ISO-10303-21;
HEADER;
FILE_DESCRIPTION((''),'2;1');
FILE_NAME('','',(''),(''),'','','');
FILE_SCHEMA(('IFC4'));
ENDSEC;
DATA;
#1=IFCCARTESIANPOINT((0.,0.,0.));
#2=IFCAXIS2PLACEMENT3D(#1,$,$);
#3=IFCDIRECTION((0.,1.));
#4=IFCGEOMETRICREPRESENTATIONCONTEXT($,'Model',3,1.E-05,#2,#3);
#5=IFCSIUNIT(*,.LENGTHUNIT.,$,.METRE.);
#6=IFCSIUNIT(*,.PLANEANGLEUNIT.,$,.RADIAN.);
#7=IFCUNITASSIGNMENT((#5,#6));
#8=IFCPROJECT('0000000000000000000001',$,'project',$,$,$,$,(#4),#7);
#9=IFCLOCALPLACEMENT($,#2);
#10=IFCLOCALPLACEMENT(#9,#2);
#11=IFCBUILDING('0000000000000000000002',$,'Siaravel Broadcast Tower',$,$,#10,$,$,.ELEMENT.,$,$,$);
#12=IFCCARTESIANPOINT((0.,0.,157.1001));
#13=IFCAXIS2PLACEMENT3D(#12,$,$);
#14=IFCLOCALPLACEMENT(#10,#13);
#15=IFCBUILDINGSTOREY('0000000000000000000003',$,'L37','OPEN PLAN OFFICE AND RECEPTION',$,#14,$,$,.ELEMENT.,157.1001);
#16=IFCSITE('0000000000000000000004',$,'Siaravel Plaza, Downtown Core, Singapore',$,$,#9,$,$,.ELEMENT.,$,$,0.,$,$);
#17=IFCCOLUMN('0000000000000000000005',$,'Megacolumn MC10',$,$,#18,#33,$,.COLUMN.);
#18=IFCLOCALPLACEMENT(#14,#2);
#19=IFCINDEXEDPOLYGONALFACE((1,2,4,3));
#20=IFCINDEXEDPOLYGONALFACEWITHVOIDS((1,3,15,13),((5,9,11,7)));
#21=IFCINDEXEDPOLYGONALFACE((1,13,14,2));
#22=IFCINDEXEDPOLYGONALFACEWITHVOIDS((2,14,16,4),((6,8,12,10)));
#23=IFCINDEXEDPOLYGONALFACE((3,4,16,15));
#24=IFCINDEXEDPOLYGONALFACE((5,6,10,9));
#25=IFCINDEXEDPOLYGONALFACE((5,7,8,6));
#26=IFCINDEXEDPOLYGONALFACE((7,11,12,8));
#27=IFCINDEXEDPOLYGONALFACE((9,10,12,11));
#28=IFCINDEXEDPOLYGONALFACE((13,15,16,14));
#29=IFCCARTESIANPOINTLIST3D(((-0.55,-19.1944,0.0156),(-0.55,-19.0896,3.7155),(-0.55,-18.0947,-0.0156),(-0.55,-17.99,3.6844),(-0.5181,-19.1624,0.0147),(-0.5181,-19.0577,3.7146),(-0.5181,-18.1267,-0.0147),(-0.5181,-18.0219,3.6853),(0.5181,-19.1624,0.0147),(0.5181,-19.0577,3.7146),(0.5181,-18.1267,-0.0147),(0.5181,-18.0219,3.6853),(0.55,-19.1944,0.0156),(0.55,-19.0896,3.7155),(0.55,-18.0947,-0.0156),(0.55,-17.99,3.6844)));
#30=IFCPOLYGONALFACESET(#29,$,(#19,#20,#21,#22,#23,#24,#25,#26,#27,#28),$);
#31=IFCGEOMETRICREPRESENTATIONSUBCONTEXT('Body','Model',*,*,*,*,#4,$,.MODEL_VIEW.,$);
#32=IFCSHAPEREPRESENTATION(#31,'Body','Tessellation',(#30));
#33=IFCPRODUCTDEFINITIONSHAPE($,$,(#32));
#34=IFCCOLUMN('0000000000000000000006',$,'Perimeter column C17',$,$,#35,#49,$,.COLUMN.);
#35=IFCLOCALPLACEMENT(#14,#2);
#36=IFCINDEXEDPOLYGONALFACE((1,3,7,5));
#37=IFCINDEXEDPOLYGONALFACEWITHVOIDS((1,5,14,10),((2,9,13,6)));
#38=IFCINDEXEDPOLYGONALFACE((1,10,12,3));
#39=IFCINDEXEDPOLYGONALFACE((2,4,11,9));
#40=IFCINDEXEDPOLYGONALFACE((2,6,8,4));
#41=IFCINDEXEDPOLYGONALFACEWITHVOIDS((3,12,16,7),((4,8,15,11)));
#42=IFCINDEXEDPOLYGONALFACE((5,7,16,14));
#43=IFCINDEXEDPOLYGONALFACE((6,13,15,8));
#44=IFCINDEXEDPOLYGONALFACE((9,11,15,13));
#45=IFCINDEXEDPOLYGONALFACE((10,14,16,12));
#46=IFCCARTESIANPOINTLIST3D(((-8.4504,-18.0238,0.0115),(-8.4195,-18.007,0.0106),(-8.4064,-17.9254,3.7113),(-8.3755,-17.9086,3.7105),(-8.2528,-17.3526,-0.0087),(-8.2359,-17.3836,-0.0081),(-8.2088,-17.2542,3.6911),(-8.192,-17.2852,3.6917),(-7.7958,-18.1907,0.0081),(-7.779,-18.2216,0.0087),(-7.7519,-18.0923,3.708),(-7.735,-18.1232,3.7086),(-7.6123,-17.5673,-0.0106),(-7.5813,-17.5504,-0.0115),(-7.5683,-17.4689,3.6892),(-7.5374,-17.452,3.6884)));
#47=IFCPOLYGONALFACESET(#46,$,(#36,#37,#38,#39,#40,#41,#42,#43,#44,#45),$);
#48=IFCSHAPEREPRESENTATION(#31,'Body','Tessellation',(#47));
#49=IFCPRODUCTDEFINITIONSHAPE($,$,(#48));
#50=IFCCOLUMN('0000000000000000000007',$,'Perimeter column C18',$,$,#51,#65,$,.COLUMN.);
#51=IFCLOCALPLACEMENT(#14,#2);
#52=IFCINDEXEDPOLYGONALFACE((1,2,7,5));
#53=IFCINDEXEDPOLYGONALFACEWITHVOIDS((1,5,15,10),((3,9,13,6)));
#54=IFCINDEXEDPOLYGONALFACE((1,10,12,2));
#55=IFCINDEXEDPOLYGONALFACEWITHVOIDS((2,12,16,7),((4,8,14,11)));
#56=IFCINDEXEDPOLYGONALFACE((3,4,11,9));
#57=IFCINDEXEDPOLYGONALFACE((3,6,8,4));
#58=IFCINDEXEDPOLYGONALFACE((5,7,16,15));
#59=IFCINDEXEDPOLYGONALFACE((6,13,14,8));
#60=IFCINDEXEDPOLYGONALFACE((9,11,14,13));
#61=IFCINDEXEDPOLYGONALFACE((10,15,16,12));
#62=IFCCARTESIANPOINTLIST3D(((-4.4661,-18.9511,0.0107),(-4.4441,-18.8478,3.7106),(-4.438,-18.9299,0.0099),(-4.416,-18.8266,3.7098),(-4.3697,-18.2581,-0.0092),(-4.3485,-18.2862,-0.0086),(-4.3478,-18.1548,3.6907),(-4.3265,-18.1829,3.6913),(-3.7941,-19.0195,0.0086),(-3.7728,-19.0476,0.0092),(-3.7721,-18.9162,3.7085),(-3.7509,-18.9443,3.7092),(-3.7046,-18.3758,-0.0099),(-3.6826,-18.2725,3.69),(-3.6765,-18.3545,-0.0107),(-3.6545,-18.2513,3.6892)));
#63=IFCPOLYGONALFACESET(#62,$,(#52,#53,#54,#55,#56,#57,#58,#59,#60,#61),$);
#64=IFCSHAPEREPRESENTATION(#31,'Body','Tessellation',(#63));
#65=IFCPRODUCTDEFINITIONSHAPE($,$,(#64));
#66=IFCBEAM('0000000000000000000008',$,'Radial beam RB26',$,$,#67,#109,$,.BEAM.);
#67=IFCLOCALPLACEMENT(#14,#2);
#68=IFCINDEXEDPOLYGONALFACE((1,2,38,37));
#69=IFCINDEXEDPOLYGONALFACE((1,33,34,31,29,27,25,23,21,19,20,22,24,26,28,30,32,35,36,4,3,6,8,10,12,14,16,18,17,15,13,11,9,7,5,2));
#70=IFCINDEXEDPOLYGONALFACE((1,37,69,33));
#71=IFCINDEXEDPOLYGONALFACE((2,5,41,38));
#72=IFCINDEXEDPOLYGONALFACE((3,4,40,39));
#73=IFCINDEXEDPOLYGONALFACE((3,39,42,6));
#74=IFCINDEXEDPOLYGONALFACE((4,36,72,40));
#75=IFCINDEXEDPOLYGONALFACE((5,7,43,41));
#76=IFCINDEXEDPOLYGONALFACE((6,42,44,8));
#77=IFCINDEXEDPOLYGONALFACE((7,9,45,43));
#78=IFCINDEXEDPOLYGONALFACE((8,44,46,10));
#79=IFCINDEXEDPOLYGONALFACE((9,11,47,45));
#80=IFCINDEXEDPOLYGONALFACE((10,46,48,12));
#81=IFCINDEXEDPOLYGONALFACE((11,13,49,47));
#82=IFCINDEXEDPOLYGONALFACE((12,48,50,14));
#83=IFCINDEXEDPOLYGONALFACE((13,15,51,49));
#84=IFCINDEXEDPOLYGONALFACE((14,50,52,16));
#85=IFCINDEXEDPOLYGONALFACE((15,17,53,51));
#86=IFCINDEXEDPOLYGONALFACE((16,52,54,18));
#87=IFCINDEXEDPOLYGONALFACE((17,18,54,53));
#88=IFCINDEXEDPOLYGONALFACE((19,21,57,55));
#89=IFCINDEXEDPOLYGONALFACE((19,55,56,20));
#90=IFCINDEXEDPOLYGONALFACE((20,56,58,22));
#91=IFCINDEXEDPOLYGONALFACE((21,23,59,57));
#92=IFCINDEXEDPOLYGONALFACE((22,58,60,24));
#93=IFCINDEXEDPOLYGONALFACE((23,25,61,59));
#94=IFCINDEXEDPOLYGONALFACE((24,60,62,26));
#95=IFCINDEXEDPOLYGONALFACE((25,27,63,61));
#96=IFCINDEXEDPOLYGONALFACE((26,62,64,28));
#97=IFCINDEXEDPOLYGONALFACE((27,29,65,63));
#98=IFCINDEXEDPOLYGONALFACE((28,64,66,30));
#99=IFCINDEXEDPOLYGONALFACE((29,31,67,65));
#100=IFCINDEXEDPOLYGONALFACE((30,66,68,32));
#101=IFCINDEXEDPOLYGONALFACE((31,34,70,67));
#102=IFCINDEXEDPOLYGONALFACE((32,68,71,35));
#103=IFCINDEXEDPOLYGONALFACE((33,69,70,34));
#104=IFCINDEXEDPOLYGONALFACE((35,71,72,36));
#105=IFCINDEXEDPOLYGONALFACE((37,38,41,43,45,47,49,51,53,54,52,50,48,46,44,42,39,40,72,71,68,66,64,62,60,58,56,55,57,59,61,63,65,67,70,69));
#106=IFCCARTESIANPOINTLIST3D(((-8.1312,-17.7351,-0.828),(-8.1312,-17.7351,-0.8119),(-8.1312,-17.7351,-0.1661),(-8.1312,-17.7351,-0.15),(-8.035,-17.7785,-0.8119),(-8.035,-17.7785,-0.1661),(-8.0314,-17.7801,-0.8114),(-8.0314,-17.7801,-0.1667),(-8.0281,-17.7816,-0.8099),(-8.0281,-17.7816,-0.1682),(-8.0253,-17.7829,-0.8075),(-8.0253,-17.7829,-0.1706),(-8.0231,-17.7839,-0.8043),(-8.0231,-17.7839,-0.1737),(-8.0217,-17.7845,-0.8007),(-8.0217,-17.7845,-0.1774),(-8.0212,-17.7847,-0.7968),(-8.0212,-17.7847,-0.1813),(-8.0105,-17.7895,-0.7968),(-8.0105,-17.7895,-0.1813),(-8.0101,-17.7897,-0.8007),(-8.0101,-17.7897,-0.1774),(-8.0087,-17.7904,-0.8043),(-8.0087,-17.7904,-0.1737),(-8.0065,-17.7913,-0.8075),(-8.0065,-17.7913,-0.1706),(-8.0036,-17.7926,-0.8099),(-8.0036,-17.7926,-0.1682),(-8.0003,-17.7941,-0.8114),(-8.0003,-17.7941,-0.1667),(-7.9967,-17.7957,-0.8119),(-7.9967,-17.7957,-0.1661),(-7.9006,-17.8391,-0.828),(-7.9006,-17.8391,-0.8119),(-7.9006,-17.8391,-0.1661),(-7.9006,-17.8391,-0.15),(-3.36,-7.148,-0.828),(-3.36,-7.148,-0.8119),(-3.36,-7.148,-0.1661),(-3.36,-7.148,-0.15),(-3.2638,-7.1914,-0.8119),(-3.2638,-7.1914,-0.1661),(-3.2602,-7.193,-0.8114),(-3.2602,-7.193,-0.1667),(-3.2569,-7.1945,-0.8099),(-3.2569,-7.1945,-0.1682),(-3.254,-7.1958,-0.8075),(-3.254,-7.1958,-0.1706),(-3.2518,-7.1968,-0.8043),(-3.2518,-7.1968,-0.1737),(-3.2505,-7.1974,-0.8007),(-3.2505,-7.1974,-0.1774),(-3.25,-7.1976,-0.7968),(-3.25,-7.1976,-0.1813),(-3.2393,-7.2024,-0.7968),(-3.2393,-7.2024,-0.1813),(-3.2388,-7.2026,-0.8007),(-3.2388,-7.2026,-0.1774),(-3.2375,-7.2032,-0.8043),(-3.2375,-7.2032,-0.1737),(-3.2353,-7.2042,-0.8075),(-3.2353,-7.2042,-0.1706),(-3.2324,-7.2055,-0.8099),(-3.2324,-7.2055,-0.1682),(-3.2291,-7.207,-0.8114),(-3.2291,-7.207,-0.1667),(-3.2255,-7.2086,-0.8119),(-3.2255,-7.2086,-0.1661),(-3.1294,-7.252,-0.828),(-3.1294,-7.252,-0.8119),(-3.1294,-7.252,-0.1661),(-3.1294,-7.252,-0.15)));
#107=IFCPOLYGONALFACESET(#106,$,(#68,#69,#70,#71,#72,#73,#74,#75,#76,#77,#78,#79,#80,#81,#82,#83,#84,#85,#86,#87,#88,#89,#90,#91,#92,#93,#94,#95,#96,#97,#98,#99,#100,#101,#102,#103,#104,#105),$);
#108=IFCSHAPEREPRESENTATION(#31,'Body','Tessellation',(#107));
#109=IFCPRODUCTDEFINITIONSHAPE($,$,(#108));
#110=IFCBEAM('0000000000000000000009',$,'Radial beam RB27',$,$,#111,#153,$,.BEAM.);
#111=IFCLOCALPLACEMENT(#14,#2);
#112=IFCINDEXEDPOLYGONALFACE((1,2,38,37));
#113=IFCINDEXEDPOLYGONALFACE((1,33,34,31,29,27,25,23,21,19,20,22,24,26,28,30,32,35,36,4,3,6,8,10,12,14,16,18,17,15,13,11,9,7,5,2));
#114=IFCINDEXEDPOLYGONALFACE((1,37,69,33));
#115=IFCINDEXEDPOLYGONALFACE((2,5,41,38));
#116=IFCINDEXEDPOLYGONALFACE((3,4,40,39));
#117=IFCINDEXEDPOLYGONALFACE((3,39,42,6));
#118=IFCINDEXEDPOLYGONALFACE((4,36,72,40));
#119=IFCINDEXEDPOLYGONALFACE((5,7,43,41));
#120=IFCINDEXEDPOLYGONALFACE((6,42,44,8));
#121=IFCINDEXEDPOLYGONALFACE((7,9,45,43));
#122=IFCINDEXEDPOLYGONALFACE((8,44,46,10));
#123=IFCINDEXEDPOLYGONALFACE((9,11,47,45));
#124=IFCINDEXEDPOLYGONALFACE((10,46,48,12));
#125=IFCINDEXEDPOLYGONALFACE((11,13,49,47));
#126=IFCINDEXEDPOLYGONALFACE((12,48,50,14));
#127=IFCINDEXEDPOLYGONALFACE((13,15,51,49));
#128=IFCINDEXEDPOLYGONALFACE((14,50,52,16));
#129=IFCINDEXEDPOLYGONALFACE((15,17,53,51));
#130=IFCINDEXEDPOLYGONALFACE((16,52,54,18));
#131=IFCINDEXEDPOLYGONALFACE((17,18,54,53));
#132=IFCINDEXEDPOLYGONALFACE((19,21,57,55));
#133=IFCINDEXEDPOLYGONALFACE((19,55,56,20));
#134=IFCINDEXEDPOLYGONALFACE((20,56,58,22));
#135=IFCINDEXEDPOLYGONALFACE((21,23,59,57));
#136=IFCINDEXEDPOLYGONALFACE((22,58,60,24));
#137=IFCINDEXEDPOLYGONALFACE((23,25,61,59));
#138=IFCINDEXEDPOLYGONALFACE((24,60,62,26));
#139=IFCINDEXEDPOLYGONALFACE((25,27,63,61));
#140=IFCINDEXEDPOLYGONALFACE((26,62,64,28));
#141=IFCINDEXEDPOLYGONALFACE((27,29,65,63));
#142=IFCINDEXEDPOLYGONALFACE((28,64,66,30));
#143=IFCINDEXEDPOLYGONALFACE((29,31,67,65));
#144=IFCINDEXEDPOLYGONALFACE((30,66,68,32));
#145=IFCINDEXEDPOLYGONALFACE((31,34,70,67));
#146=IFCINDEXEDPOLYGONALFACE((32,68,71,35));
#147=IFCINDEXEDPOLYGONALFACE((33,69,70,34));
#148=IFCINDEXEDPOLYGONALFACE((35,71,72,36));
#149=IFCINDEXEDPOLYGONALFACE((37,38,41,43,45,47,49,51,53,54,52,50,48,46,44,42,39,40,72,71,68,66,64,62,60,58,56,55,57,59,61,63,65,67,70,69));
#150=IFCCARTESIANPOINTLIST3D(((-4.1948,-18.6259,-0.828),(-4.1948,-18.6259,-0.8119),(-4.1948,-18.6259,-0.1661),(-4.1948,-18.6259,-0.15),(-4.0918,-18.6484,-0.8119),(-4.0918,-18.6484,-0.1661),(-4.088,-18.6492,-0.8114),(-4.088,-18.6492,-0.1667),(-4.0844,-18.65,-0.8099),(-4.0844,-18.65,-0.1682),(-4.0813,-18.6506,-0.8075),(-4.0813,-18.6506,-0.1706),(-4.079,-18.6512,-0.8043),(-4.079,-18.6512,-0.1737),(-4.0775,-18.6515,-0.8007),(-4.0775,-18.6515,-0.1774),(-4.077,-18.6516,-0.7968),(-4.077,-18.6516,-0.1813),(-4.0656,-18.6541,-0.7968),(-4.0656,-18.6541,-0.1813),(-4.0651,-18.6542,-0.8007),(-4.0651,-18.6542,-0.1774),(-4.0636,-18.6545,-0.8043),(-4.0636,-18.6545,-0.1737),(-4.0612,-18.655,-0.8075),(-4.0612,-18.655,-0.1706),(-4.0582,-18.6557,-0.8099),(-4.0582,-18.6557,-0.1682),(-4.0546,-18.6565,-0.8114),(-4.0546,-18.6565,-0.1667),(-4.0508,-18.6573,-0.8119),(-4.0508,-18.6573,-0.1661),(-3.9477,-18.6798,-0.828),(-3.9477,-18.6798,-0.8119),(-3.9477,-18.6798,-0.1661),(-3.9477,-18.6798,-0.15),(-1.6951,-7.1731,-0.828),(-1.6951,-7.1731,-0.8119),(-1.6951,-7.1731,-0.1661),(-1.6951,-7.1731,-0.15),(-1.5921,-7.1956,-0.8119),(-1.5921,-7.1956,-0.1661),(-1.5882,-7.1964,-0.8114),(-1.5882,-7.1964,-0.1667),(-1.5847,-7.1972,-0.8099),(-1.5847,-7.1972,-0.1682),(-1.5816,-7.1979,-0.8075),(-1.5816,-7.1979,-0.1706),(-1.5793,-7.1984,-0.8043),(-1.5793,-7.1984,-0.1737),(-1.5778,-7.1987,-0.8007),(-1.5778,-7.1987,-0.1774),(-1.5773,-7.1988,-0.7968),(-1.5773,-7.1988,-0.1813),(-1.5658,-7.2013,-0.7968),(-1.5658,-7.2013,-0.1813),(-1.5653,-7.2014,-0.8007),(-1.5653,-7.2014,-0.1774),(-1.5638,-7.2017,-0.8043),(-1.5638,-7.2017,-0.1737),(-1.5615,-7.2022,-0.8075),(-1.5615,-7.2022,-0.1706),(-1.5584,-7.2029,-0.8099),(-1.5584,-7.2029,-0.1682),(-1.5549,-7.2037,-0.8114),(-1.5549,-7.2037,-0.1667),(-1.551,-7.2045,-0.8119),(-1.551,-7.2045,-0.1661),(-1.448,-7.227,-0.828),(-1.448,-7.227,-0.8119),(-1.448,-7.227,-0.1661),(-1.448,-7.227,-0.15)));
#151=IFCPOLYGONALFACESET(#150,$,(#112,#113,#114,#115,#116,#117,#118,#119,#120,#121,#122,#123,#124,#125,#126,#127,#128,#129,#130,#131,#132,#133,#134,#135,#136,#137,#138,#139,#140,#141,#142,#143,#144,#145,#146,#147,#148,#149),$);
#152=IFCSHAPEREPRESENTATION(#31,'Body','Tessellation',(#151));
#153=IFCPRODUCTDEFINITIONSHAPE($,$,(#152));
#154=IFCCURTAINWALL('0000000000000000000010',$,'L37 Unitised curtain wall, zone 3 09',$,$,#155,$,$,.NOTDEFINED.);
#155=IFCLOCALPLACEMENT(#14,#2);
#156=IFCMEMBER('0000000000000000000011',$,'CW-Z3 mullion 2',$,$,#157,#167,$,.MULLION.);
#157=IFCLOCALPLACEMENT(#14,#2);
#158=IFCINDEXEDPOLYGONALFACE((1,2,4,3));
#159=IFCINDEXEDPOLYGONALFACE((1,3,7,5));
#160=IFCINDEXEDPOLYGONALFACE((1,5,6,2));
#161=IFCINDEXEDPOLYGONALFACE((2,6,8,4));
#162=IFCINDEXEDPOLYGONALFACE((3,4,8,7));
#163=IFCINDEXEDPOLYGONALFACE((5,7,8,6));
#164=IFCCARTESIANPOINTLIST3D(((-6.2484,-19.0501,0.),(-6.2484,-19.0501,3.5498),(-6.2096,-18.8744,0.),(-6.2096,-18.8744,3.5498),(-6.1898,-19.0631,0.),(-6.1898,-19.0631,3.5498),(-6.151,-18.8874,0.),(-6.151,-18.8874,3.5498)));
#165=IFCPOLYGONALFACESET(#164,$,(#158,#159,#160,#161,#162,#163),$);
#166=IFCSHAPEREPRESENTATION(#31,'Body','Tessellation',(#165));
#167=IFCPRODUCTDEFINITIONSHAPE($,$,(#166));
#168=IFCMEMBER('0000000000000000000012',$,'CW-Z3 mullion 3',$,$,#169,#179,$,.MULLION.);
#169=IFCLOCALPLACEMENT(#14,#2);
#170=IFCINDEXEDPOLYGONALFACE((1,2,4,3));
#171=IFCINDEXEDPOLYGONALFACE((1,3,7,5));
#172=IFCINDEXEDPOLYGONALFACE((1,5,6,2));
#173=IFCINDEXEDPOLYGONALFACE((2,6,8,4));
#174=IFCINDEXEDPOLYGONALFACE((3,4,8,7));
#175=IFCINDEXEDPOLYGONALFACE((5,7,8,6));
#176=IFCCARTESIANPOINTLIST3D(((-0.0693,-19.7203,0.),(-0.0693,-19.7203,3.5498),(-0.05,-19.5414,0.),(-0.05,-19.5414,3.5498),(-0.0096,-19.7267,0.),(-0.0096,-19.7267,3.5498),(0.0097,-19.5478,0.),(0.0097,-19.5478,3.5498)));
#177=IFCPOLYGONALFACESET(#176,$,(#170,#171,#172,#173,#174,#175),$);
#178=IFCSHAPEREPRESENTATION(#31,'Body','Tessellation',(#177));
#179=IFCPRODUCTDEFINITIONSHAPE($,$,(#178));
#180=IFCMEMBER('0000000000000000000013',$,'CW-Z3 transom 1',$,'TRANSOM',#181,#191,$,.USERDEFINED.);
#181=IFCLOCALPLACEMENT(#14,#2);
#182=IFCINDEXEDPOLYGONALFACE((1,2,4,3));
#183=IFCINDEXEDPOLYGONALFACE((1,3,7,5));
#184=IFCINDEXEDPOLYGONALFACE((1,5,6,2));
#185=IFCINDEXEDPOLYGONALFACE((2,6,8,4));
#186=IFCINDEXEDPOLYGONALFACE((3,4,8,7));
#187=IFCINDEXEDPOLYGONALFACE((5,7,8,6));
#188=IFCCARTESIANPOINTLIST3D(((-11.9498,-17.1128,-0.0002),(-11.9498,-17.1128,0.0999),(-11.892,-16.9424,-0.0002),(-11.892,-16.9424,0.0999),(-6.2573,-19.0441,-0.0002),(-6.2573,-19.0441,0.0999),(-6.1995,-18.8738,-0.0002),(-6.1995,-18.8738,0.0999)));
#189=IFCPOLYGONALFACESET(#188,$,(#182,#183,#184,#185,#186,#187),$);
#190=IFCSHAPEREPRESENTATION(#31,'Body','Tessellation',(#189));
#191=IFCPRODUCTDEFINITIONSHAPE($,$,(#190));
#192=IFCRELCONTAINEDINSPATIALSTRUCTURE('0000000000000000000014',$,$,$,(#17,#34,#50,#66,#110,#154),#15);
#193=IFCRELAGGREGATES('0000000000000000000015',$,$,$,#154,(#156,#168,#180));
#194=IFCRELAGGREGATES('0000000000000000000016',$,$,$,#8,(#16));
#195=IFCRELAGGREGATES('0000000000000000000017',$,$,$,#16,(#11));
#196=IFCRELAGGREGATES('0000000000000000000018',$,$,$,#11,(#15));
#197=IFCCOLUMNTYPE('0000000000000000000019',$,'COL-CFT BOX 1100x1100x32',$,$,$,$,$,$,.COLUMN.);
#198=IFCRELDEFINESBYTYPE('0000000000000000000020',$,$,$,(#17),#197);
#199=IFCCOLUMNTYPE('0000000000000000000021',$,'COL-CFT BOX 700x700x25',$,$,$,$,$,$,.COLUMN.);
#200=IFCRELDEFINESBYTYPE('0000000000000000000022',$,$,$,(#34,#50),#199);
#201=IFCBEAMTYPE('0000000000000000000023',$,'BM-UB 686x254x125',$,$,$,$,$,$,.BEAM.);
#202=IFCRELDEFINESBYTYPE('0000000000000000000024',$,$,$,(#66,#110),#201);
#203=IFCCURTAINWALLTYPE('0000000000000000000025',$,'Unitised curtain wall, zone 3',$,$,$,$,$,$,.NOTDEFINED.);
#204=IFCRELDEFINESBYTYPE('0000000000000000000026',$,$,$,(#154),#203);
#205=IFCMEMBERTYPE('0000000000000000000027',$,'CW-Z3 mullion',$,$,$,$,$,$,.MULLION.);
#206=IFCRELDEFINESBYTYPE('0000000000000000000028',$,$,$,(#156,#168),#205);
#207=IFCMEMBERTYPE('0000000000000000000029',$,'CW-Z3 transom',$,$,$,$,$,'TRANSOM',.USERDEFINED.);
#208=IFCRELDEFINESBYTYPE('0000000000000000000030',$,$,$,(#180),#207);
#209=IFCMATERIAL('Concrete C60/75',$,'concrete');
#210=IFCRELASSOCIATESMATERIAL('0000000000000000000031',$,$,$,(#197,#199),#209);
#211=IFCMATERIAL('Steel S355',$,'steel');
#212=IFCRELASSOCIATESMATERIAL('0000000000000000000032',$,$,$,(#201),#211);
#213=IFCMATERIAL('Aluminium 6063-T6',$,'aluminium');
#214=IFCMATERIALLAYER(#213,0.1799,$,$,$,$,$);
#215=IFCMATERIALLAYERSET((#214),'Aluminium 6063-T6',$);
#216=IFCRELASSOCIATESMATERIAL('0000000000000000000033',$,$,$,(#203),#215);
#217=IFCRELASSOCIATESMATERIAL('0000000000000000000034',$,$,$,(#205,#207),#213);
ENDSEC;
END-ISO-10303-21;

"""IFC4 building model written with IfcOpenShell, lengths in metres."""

from ifc_helpers import new_model, si_unit, direction, frame, origin, origin_2d, place, context, subcontext, project, spatial, rectangle, hollow_rectangle, i_section, extrude, material, layer, layer_set, material_profile, profile_set, type_object, element, aggregate, save


model = new_model("IFC4")

# Units and contexts
model_context = context("Model", 3, precision=1e-05, world=origin(), true_north=direction((0.0, 1.0)))
body_context = subcontext(model_context, "Body", "Model", "MODEL_VIEW")
ifc_project = project(units=[si_unit("LENGTHUNIT", "METRE"), si_unit("PLANEANGLEUNIT", "RADIAN")], contexts=[model_context])

# Site, building, storey
site_placement = place(None, origin())
site = spatial("IfcSite", under=ifc_project, at=site_placement, Name="Siaravel Plaza, Downtown Core, Singapore", CompositionType="ELEMENT", RefElevation=0.0)
building_placement = place(site_placement, origin())
building = spatial("IfcBuilding", under=site, at=building_placement, Name="Siaravel Broadcast Tower", CompositionType="ELEMENT")
storey_placement = place(building_placement, frame((0.0, 0.0, 157.1001)))
storey = spatial("IfcBuildingStorey", under=building, at=storey_placement, Name="L37", Description="OPEN PLAN OFFICE AND RECEPTION", CompositionType="ELEMENT", Elevation=157.1001)

# Columns
ifc_material_1 = material(Name="Concrete C60/75", Category="concrete")
ifc_material_profile_1 = material_profile(ifc_material_1, hollow_rectangle(XDim=1.1001, YDim=1.1001, WallThickness=0.032, at=origin_2d()))
ifc_profile_set_1 = profile_set([ifc_material_profile_1], Name="Concrete C60/75")
column_type_1 = type_object("IfcColumnType", Name="COL-CFT BOX 1100x1100x32", PredefinedType="COLUMN", material=ifc_profile_set_1)
column_placement = place(storey_placement, frame((0.0, -18.6445, 0.0), z_axis=(0.0, 0.028296, 0.9996), x_axis=(-1.0, 0.0, 0.0)))
element("IfcColumn", 1, at=column_placement, inside=storey, type_object=column_type_1, Name="Megacolumn MC10", PredefinedType="COLUMN", context=body_context, shape_type="SweptSolid", body=[
    extrude(hollow_rectangle(XDim=1.1001, YDim=1.1001, WallThickness=0.032, at=origin_2d()), origin(), (0.0, 0.0, 1.0), 3.7014),
])
ifc_material_profile_2 = material_profile(ifc_material_1, hollow_rectangle(XDim=0.7, YDim=0.7, WallThickness=0.0249, at=origin_2d()))
ifc_profile_set_2 = profile_set([ifc_material_profile_2], Name="Concrete C60/75")
column_type_2 = type_object("IfcColumnType", Name="COL-CFT BOX 700x700x25", PredefinedType="COLUMN", material=ifc_profile_set_2)
for number, where, z_axis, x_axis, name in (
    (2, (-8.0159, -17.7871, 0.0), (0.011872, 0.026581, 0.999576), (-0.959242, 0.282559, 0.003879), "Perimeter column C17"),
    (3, (-4.0713, -18.6528, 0.0), (0.005936, 0.0279, 0.999593), (-0.990461, 0.137775, 0.002036), "Perimeter column C18"),
):
    element("IfcColumn", number, at=place(storey_placement, frame(where, z_axis=z_axis, x_axis=x_axis)), inside=storey, type_object=column_type_2, Name=name, PredefinedType="COLUMN", context=body_context, shape_type="SweptSolid", body=[
        extrude(hollow_rectangle(XDim=0.7, YDim=0.7, WallThickness=0.0249, at=origin_2d()), origin(), (0.0, 0.0, 1.0), 3.7014),
    ])

# Beams
ifc_material_2 = material(Name="Steel S355", Category="steel")
ifc_material_profile_3 = material_profile(ifc_material_2, i_section(OverallWidth=0.2529, OverallDepth=0.678, WebThickness=0.0117, FlangeThickness=0.0161, FilletRadius=0.0151, at=origin_2d()))
ifc_profile_set_3 = profile_set([ifc_material_profile_3], Name="Steel S355")
beam_type = type_object("IfcBeamType", Name="BM-UB 686x254x125", PredefinedType="BEAM", material=ifc_profile_set_3)
beam_1_placement = place(storey_placement, frame((-8.0159, -17.7871, -0.489), z_axis=(0.410867, 0.911695, 0.0), x_axis=(-0.911695, 0.410867, 0.0)))
element("IfcBeam", 4, at=beam_1_placement, inside=storey, type_object=beam_type, Name="Radial beam RB26", PredefinedType="BEAM", context=body_context, shape_type="SweptSolid", body=[
    extrude(i_section(OverallWidth=0.2529, OverallDepth=0.678, WebThickness=0.0117, FlangeThickness=0.0161, FilletRadius=0.0151, at=origin_2d()), origin(), (0.0, 0.0, 1.0), 11.6125),
])
beam_2_placement = place(storey_placement, frame((-4.0713, -18.6528, -0.489), z_axis=(0.213244, 0.976999, 0.0), x_axis=(-0.976999, 0.213244, 0.0)))
element("IfcBeam", 5, at=beam_2_placement, inside=storey, type_object=beam_type, Name="Radial beam RB27", PredefinedType="BEAM", context=body_context, shape_type="SweptSolid", body=[
    extrude(i_section(OverallWidth=0.2529, OverallDepth=0.678, WebThickness=0.0117, FlangeThickness=0.0161, FilletRadius=0.0151, at=origin_2d()), origin(), (0.0, 0.0, 1.0), 11.7224),
])

# Curtain wall, members
ifc_material_3 = material(Name="Aluminium 6063-T6", Category="aluminium")
ifc_layer_1 = layer(ifc_material_3, 0.1799)
ifc_layer_set_1 = layer_set([ifc_layer_1], Name="Aluminium 6063-T6")
curtain_wall_type = type_object("IfcCurtainWallType", Name="Unitised curtain wall, zone 3", PredefinedType="NOTDEFINED", material=ifc_layer_set_1)
curtain_wall_placement = place(storey_placement, origin())
curtain_wall = element("IfcCurtainWall", 6, at=curtain_wall_placement, inside=storey, type_object=curtain_wall_type, Name="L37 Unitised curtain wall, zone 3 09", PredefinedType="NOTDEFINED")
ifc_material_profile_4 = material_profile(ifc_material_3, rectangle(XDim=0.1799, YDim=0.0601, at=origin_2d()))
ifc_profile_set_4 = profile_set([ifc_material_profile_4], Name="Aluminium 6063-T6")
member_type_1 = type_object("IfcMemberType", Name="CW-Z3 mullion", PredefinedType="MULLION", material=ifc_profile_set_4)
member_1_placement = place(storey_placement, frame((-6.1997, -18.9688, 0.0), z_axis=(0.0, 0.0, 1.0), x_axis=(0.215559, 0.976491, 0.0)))
member_1 = element("IfcMember", 7, at=member_1_placement, type_object=member_type_1, Name="CW-Z3 mullion 2", PredefinedType="MULLION", context=body_context, shape_type="SweptSolid", body=[
    extrude(rectangle(XDim=0.1799, YDim=0.0601, at=origin_2d()), origin(), (0.0, 0.0, 1.0), 3.5498),
])
member_2_placement = place(storey_placement, frame((-0.0298, -19.634, 0.0), z_axis=(0.0, 0.0, 1.0), x_axis=(0.107218, 0.994236, 0.0)))
member_2 = element("IfcMember", 8, at=member_2_placement, type_object=member_type_1, Name="CW-Z3 mullion 3", PredefinedType="MULLION", context=body_context, shape_type="SweptSolid", body=[
    extrude(rectangle(XDim=0.1799, YDim=0.0601, at=origin_2d()), origin(), (0.0, 0.0, 1.0), 3.5498),
])
ifc_material_profile_5 = material_profile(ifc_material_3, rectangle(XDim=0.1799, YDim=0.1001, at=origin_2d()))
ifc_profile_set_5 = profile_set([ifc_material_profile_5], Name="Aluminium 6063-T6")
member_type_2 = type_object("IfcMemberType", Name="CW-Z3 transom", ElementType="TRANSOM", PredefinedType="USERDEFINED", material=ifc_profile_set_5)
member_3_placement = place(storey_placement, frame((-11.9209, -17.0276, 0.0498), z_axis=(0.94698, -0.321292, 0.0), x_axis=(0.321292, 0.94698, 0.0)))
member_3 = element("IfcMember", 9, at=member_3_placement, type_object=member_type_2, Name="CW-Z3 transom 1", ObjectType="TRANSOM", PredefinedType="USERDEFINED", context=body_context, shape_type="SweptSolid", body=[
    extrude(rectangle(XDim=0.1799, YDim=0.1001, at=origin_2d()), origin(), (0.0, 0.0, 1.0), 6.0112),
])

aggregate(curtain_wall, [member_1, member_2, member_3])

save(model, "model.ifc")
